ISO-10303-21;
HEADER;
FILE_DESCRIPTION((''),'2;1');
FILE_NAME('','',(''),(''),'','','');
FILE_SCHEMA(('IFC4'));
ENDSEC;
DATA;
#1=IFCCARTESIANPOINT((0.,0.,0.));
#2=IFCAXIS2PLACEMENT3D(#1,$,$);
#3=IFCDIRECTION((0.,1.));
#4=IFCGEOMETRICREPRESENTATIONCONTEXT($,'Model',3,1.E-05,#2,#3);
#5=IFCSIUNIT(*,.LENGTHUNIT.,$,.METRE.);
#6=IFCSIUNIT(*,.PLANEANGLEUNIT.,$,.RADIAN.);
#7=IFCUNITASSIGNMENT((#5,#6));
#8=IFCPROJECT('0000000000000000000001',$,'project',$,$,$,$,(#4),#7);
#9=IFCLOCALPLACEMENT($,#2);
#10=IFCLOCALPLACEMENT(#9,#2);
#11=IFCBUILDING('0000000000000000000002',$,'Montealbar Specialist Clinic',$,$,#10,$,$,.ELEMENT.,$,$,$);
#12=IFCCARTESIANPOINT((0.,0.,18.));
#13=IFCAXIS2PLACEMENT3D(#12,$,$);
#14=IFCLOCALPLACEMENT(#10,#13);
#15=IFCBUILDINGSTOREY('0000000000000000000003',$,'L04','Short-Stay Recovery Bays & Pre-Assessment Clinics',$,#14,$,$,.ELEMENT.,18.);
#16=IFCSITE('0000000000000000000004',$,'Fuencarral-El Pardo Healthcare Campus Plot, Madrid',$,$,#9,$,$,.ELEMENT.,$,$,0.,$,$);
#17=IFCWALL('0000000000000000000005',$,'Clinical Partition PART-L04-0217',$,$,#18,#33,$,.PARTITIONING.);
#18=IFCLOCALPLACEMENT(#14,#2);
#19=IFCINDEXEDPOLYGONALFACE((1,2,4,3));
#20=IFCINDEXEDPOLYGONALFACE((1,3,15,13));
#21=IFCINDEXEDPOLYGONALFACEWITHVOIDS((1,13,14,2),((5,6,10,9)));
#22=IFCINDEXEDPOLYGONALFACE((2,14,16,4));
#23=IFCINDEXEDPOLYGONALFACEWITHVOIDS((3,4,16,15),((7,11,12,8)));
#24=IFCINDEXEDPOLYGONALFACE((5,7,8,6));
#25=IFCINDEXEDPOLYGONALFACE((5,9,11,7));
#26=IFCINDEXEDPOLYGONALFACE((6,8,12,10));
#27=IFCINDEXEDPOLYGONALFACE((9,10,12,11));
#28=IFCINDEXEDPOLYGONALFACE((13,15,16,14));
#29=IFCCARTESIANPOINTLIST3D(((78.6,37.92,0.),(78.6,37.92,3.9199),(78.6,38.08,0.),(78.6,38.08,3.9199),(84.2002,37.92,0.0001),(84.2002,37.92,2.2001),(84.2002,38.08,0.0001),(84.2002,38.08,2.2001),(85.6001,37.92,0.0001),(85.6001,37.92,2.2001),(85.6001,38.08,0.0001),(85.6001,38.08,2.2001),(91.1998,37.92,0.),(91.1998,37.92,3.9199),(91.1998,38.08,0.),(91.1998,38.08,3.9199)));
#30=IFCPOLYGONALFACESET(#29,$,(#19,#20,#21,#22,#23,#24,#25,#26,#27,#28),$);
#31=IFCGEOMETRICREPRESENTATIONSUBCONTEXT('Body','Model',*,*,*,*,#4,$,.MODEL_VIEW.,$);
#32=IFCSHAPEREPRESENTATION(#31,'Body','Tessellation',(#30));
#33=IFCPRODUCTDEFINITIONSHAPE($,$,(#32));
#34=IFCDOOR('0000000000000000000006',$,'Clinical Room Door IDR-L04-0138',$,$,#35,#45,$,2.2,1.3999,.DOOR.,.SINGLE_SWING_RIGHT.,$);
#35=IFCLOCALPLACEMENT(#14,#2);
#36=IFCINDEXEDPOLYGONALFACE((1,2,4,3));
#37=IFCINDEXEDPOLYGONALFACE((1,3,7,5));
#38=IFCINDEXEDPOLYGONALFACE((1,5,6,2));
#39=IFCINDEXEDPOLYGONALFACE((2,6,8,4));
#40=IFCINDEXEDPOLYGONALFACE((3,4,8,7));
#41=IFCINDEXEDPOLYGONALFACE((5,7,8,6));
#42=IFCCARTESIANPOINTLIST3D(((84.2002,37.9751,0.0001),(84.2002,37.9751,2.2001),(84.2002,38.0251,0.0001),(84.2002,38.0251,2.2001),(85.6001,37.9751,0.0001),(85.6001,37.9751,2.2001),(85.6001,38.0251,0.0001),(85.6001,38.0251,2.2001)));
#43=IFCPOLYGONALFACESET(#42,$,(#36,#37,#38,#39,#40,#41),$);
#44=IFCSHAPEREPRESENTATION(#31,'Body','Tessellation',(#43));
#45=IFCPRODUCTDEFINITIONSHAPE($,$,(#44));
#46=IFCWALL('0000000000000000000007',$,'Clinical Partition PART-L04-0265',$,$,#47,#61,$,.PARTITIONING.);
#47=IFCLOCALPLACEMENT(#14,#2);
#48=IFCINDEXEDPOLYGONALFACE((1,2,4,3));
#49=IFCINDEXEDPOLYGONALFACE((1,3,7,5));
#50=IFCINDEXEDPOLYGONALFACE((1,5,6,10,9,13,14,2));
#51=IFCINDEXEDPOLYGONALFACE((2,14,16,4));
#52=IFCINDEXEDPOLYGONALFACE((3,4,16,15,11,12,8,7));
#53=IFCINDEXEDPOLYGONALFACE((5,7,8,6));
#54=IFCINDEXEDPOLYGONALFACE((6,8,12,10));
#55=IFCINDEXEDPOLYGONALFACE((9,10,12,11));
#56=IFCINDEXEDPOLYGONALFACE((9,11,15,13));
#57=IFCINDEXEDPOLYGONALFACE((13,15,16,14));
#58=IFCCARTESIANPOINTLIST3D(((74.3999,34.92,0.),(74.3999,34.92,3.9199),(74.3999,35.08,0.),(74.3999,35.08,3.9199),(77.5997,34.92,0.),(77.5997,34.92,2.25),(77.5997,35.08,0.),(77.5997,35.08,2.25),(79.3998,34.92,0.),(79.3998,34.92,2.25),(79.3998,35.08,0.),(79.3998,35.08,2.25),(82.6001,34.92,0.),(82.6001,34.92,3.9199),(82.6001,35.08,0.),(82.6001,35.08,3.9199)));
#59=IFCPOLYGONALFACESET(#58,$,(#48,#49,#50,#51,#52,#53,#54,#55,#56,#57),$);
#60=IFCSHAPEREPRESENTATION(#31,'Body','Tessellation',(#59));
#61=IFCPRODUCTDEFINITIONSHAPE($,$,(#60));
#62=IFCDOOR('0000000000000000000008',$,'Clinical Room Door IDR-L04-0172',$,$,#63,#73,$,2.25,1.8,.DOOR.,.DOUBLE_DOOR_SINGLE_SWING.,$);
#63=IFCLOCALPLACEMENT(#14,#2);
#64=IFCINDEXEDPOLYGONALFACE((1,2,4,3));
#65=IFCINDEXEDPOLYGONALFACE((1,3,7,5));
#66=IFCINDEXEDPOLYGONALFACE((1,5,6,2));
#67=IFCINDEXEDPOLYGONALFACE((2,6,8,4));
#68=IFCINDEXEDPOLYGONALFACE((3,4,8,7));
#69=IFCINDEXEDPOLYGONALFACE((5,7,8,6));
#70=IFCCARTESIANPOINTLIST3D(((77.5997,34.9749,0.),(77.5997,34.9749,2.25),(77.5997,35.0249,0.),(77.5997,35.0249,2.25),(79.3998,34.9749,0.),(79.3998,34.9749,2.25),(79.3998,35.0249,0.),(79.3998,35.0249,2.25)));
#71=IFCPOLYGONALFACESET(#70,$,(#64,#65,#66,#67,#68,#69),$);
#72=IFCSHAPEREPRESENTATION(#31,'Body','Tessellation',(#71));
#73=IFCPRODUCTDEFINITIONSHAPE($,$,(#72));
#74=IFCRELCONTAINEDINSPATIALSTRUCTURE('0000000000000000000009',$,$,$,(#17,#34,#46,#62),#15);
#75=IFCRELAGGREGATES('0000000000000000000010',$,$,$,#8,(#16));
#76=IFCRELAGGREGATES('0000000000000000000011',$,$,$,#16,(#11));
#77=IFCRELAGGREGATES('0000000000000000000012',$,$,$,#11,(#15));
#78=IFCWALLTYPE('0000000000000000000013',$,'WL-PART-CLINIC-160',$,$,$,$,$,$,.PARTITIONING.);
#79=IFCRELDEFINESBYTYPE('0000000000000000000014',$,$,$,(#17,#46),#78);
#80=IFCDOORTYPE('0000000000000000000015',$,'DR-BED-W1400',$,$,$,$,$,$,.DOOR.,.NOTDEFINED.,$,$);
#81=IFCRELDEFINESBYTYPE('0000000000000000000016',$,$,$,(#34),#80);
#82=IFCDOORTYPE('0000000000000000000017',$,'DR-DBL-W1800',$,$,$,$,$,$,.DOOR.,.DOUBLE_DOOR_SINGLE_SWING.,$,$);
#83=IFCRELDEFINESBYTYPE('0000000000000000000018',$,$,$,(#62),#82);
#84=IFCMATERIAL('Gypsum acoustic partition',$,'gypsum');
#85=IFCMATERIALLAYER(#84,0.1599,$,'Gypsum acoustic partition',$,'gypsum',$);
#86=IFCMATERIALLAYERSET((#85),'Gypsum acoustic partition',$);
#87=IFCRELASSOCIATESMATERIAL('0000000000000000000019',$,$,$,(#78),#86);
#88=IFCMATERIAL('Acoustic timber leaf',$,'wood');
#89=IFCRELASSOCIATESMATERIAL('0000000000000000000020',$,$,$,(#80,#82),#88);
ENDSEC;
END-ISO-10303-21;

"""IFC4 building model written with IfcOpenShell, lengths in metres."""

from ifc_helpers import new_model, si_unit, direction, frame, frame_2d, origin, place, context, subcontext, project, spatial, rectangle, extrude, material, layer, layer_set, type_object, element, fill, save


model = new_model("IFC4")

# Units and contexts
model_context = context("Model", 3, precision=1e-05, world=origin(), true_north=direction((0.0, 1.0)))
body_context = subcontext(model_context, "Body", "Model", "MODEL_VIEW")
ifc_project = project(units=[si_unit("LENGTHUNIT", "METRE"), si_unit("PLANEANGLEUNIT", "RADIAN")], contexts=[model_context])

# Site, building, storey
site_placement = place(None, origin())
site = spatial("IfcSite", under=ifc_project, at=site_placement, Name="Fuencarral-El Pardo Healthcare Campus Plot, Madrid", CompositionType="ELEMENT", RefElevation=0.0)
building_placement = place(site_placement, origin())
building = spatial("IfcBuilding", under=site, at=building_placement, Name="Montealbar Specialist Clinic", CompositionType="ELEMENT")
storey_placement = place(building_placement, frame((0.0, 0.0, 18.0)))
storey = spatial("IfcBuildingStorey", under=building, at=storey_placement, Name="L04", Description="Short-Stay Recovery Bays & Pre-Assessment Clinics", CompositionType="ELEMENT", Elevation=18.0)

# Shared definitions
ifc_material_1 = material(Name="Gypsum acoustic partition", Category="gypsum")

# Walls, openings, doors
ifc_layer_1 = layer(ifc_material_1, 0.1599, Name="Gypsum acoustic partition", Category="gypsum")
ifc_layer_set_1 = layer_set([ifc_layer_1], Name="Gypsum acoustic partition")
wall_type_1 = type_object("IfcWallType", Name="WL-PART-CLINIC-160", PredefinedType="PARTITIONING", material=ifc_layer_set_1)
wall_1_placement = place(storey_placement, frame((78.6001, 38.0, 0.0), z_axis=(0.0, 0.0, 1.0), x_axis=(1.0, 0.0, 0.0)))
wall_1 = element("IfcWall", 1, at=wall_1_placement, inside=storey, type_object=wall_type_1, Name="Clinical Partition PART-L04-0217", PredefinedType="PARTITIONING", context=body_context, shape_type="SweptSolid", body=[
    extrude(rectangle(XDim=12.5999, YDim=0.1599, at=frame_2d((6.2998, 0.0))), origin(), (0.0, 0.0, 1.0), 3.9199),
])
opening_1_placement = place(wall_1_placement, frame((5.6001, 0.0, 0.0)))
opening_1 = element("IfcOpeningElement", 2, at=opening_1_placement, cuts=wall_1, PredefinedType="OPENING", context=body_context, shape_type="SweptSolid", body=[
    extrude(rectangle(XDim=1.3999, YDim=2.2, at=frame_2d((0.7, 1.1001))), frame((0.0, 0.0898, 0.0), z_axis=(0.0, -1.0, 0.0), x_axis=(1.0, 0.0, 0.0)), (0.0, 0.0, 1.0), 0.1799),
])
ifc_material_2 = material(Name="Acoustic timber leaf", Category="wood")
door_type_1 = type_object("IfcDoorType", Name="DR-BED-W1400", OperationType="NOTDEFINED", PredefinedType="DOOR", material=ifc_material_2)
door_1_placement = place(opening_1_placement, frame((1.3999, 0.0, 0.0), z_axis=(0.0, 0.0, 1.0), x_axis=(-1.0, 0.0, 0.0)))
door_1 = element("IfcDoor", 3, at=door_1_placement, inside=storey, type_object=door_type_1, Name="Clinical Room Door IDR-L04-0138", OperationType="SINGLE_SWING_RIGHT", OverallHeight=2.2, OverallWidth=1.3999, PredefinedType="DOOR", context=body_context, shape_type="SweptSolid", body=[
    extrude(rectangle(XDim=1.3999, YDim=2.2, at=frame_2d((0.7, 1.1001))), frame((0.0, 0.0249, 0.0), z_axis=(0.0, -1.0, 0.0), x_axis=(1.0, 0.0, 0.0)), (0.0, 0.0, 1.0), 0.05),
])
fill(opening_1, door_1)
wall_2_placement = place(storey_placement, frame((74.3999, 35.0, 0.0), z_axis=(0.0, 0.0, 1.0), x_axis=(1.0, 0.0, 0.0)))
wall_2 = element("IfcWall", 4, at=wall_2_placement, inside=storey, type_object=wall_type_1, Name="Clinical Partition PART-L04-0265", PredefinedType="PARTITIONING", context=body_context, shape_type="SweptSolid", body=[
    extrude(rectangle(XDim=8.2002, YDim=0.1599, at=frame_2d((4.1001, 0.0))), origin(), (0.0, 0.0, 1.0), 3.9199),
])
opening_2_placement = place(wall_2_placement, frame((3.2, 0.0, 0.0)))
opening_2 = element("IfcOpeningElement", 5, at=opening_2_placement, cuts=wall_2, PredefinedType="OPENING", context=body_context, shape_type="SweptSolid", body=[
    extrude(rectangle(XDim=1.8, YDim=2.25, at=frame_2d((0.8999, 1.125))), frame((0.0, 0.0898, 0.0), z_axis=(0.0, -1.0, 0.0), x_axis=(1.0, 0.0, 0.0)), (0.0, 0.0, 1.0), 0.1799),
])
door_type_2 = type_object("IfcDoorType", Name="DR-DBL-W1800", OperationType="DOUBLE_DOOR_SINGLE_SWING", PredefinedType="DOOR", material=ifc_material_2)
door_2_placement = place(opening_2_placement, origin())
door_2 = element("IfcDoor", 6, at=door_2_placement, inside=storey, type_object=door_type_2, Name="Clinical Room Door IDR-L04-0172", OperationType="DOUBLE_DOOR_SINGLE_SWING", OverallHeight=2.25, OverallWidth=1.8, PredefinedType="DOOR", context=body_context, shape_type="SweptSolid", body=[
    extrude(rectangle(XDim=1.8, YDim=2.25, at=frame_2d((0.8999, 1.125))), frame((0.0, 0.0249, 0.0), z_axis=(0.0, -1.0, 0.0), x_axis=(1.0, 0.0, 0.0)), (0.0, 0.0, 1.0), 0.05),
])
fill(opening_2, door_2)

save(model, "model.ifc")
